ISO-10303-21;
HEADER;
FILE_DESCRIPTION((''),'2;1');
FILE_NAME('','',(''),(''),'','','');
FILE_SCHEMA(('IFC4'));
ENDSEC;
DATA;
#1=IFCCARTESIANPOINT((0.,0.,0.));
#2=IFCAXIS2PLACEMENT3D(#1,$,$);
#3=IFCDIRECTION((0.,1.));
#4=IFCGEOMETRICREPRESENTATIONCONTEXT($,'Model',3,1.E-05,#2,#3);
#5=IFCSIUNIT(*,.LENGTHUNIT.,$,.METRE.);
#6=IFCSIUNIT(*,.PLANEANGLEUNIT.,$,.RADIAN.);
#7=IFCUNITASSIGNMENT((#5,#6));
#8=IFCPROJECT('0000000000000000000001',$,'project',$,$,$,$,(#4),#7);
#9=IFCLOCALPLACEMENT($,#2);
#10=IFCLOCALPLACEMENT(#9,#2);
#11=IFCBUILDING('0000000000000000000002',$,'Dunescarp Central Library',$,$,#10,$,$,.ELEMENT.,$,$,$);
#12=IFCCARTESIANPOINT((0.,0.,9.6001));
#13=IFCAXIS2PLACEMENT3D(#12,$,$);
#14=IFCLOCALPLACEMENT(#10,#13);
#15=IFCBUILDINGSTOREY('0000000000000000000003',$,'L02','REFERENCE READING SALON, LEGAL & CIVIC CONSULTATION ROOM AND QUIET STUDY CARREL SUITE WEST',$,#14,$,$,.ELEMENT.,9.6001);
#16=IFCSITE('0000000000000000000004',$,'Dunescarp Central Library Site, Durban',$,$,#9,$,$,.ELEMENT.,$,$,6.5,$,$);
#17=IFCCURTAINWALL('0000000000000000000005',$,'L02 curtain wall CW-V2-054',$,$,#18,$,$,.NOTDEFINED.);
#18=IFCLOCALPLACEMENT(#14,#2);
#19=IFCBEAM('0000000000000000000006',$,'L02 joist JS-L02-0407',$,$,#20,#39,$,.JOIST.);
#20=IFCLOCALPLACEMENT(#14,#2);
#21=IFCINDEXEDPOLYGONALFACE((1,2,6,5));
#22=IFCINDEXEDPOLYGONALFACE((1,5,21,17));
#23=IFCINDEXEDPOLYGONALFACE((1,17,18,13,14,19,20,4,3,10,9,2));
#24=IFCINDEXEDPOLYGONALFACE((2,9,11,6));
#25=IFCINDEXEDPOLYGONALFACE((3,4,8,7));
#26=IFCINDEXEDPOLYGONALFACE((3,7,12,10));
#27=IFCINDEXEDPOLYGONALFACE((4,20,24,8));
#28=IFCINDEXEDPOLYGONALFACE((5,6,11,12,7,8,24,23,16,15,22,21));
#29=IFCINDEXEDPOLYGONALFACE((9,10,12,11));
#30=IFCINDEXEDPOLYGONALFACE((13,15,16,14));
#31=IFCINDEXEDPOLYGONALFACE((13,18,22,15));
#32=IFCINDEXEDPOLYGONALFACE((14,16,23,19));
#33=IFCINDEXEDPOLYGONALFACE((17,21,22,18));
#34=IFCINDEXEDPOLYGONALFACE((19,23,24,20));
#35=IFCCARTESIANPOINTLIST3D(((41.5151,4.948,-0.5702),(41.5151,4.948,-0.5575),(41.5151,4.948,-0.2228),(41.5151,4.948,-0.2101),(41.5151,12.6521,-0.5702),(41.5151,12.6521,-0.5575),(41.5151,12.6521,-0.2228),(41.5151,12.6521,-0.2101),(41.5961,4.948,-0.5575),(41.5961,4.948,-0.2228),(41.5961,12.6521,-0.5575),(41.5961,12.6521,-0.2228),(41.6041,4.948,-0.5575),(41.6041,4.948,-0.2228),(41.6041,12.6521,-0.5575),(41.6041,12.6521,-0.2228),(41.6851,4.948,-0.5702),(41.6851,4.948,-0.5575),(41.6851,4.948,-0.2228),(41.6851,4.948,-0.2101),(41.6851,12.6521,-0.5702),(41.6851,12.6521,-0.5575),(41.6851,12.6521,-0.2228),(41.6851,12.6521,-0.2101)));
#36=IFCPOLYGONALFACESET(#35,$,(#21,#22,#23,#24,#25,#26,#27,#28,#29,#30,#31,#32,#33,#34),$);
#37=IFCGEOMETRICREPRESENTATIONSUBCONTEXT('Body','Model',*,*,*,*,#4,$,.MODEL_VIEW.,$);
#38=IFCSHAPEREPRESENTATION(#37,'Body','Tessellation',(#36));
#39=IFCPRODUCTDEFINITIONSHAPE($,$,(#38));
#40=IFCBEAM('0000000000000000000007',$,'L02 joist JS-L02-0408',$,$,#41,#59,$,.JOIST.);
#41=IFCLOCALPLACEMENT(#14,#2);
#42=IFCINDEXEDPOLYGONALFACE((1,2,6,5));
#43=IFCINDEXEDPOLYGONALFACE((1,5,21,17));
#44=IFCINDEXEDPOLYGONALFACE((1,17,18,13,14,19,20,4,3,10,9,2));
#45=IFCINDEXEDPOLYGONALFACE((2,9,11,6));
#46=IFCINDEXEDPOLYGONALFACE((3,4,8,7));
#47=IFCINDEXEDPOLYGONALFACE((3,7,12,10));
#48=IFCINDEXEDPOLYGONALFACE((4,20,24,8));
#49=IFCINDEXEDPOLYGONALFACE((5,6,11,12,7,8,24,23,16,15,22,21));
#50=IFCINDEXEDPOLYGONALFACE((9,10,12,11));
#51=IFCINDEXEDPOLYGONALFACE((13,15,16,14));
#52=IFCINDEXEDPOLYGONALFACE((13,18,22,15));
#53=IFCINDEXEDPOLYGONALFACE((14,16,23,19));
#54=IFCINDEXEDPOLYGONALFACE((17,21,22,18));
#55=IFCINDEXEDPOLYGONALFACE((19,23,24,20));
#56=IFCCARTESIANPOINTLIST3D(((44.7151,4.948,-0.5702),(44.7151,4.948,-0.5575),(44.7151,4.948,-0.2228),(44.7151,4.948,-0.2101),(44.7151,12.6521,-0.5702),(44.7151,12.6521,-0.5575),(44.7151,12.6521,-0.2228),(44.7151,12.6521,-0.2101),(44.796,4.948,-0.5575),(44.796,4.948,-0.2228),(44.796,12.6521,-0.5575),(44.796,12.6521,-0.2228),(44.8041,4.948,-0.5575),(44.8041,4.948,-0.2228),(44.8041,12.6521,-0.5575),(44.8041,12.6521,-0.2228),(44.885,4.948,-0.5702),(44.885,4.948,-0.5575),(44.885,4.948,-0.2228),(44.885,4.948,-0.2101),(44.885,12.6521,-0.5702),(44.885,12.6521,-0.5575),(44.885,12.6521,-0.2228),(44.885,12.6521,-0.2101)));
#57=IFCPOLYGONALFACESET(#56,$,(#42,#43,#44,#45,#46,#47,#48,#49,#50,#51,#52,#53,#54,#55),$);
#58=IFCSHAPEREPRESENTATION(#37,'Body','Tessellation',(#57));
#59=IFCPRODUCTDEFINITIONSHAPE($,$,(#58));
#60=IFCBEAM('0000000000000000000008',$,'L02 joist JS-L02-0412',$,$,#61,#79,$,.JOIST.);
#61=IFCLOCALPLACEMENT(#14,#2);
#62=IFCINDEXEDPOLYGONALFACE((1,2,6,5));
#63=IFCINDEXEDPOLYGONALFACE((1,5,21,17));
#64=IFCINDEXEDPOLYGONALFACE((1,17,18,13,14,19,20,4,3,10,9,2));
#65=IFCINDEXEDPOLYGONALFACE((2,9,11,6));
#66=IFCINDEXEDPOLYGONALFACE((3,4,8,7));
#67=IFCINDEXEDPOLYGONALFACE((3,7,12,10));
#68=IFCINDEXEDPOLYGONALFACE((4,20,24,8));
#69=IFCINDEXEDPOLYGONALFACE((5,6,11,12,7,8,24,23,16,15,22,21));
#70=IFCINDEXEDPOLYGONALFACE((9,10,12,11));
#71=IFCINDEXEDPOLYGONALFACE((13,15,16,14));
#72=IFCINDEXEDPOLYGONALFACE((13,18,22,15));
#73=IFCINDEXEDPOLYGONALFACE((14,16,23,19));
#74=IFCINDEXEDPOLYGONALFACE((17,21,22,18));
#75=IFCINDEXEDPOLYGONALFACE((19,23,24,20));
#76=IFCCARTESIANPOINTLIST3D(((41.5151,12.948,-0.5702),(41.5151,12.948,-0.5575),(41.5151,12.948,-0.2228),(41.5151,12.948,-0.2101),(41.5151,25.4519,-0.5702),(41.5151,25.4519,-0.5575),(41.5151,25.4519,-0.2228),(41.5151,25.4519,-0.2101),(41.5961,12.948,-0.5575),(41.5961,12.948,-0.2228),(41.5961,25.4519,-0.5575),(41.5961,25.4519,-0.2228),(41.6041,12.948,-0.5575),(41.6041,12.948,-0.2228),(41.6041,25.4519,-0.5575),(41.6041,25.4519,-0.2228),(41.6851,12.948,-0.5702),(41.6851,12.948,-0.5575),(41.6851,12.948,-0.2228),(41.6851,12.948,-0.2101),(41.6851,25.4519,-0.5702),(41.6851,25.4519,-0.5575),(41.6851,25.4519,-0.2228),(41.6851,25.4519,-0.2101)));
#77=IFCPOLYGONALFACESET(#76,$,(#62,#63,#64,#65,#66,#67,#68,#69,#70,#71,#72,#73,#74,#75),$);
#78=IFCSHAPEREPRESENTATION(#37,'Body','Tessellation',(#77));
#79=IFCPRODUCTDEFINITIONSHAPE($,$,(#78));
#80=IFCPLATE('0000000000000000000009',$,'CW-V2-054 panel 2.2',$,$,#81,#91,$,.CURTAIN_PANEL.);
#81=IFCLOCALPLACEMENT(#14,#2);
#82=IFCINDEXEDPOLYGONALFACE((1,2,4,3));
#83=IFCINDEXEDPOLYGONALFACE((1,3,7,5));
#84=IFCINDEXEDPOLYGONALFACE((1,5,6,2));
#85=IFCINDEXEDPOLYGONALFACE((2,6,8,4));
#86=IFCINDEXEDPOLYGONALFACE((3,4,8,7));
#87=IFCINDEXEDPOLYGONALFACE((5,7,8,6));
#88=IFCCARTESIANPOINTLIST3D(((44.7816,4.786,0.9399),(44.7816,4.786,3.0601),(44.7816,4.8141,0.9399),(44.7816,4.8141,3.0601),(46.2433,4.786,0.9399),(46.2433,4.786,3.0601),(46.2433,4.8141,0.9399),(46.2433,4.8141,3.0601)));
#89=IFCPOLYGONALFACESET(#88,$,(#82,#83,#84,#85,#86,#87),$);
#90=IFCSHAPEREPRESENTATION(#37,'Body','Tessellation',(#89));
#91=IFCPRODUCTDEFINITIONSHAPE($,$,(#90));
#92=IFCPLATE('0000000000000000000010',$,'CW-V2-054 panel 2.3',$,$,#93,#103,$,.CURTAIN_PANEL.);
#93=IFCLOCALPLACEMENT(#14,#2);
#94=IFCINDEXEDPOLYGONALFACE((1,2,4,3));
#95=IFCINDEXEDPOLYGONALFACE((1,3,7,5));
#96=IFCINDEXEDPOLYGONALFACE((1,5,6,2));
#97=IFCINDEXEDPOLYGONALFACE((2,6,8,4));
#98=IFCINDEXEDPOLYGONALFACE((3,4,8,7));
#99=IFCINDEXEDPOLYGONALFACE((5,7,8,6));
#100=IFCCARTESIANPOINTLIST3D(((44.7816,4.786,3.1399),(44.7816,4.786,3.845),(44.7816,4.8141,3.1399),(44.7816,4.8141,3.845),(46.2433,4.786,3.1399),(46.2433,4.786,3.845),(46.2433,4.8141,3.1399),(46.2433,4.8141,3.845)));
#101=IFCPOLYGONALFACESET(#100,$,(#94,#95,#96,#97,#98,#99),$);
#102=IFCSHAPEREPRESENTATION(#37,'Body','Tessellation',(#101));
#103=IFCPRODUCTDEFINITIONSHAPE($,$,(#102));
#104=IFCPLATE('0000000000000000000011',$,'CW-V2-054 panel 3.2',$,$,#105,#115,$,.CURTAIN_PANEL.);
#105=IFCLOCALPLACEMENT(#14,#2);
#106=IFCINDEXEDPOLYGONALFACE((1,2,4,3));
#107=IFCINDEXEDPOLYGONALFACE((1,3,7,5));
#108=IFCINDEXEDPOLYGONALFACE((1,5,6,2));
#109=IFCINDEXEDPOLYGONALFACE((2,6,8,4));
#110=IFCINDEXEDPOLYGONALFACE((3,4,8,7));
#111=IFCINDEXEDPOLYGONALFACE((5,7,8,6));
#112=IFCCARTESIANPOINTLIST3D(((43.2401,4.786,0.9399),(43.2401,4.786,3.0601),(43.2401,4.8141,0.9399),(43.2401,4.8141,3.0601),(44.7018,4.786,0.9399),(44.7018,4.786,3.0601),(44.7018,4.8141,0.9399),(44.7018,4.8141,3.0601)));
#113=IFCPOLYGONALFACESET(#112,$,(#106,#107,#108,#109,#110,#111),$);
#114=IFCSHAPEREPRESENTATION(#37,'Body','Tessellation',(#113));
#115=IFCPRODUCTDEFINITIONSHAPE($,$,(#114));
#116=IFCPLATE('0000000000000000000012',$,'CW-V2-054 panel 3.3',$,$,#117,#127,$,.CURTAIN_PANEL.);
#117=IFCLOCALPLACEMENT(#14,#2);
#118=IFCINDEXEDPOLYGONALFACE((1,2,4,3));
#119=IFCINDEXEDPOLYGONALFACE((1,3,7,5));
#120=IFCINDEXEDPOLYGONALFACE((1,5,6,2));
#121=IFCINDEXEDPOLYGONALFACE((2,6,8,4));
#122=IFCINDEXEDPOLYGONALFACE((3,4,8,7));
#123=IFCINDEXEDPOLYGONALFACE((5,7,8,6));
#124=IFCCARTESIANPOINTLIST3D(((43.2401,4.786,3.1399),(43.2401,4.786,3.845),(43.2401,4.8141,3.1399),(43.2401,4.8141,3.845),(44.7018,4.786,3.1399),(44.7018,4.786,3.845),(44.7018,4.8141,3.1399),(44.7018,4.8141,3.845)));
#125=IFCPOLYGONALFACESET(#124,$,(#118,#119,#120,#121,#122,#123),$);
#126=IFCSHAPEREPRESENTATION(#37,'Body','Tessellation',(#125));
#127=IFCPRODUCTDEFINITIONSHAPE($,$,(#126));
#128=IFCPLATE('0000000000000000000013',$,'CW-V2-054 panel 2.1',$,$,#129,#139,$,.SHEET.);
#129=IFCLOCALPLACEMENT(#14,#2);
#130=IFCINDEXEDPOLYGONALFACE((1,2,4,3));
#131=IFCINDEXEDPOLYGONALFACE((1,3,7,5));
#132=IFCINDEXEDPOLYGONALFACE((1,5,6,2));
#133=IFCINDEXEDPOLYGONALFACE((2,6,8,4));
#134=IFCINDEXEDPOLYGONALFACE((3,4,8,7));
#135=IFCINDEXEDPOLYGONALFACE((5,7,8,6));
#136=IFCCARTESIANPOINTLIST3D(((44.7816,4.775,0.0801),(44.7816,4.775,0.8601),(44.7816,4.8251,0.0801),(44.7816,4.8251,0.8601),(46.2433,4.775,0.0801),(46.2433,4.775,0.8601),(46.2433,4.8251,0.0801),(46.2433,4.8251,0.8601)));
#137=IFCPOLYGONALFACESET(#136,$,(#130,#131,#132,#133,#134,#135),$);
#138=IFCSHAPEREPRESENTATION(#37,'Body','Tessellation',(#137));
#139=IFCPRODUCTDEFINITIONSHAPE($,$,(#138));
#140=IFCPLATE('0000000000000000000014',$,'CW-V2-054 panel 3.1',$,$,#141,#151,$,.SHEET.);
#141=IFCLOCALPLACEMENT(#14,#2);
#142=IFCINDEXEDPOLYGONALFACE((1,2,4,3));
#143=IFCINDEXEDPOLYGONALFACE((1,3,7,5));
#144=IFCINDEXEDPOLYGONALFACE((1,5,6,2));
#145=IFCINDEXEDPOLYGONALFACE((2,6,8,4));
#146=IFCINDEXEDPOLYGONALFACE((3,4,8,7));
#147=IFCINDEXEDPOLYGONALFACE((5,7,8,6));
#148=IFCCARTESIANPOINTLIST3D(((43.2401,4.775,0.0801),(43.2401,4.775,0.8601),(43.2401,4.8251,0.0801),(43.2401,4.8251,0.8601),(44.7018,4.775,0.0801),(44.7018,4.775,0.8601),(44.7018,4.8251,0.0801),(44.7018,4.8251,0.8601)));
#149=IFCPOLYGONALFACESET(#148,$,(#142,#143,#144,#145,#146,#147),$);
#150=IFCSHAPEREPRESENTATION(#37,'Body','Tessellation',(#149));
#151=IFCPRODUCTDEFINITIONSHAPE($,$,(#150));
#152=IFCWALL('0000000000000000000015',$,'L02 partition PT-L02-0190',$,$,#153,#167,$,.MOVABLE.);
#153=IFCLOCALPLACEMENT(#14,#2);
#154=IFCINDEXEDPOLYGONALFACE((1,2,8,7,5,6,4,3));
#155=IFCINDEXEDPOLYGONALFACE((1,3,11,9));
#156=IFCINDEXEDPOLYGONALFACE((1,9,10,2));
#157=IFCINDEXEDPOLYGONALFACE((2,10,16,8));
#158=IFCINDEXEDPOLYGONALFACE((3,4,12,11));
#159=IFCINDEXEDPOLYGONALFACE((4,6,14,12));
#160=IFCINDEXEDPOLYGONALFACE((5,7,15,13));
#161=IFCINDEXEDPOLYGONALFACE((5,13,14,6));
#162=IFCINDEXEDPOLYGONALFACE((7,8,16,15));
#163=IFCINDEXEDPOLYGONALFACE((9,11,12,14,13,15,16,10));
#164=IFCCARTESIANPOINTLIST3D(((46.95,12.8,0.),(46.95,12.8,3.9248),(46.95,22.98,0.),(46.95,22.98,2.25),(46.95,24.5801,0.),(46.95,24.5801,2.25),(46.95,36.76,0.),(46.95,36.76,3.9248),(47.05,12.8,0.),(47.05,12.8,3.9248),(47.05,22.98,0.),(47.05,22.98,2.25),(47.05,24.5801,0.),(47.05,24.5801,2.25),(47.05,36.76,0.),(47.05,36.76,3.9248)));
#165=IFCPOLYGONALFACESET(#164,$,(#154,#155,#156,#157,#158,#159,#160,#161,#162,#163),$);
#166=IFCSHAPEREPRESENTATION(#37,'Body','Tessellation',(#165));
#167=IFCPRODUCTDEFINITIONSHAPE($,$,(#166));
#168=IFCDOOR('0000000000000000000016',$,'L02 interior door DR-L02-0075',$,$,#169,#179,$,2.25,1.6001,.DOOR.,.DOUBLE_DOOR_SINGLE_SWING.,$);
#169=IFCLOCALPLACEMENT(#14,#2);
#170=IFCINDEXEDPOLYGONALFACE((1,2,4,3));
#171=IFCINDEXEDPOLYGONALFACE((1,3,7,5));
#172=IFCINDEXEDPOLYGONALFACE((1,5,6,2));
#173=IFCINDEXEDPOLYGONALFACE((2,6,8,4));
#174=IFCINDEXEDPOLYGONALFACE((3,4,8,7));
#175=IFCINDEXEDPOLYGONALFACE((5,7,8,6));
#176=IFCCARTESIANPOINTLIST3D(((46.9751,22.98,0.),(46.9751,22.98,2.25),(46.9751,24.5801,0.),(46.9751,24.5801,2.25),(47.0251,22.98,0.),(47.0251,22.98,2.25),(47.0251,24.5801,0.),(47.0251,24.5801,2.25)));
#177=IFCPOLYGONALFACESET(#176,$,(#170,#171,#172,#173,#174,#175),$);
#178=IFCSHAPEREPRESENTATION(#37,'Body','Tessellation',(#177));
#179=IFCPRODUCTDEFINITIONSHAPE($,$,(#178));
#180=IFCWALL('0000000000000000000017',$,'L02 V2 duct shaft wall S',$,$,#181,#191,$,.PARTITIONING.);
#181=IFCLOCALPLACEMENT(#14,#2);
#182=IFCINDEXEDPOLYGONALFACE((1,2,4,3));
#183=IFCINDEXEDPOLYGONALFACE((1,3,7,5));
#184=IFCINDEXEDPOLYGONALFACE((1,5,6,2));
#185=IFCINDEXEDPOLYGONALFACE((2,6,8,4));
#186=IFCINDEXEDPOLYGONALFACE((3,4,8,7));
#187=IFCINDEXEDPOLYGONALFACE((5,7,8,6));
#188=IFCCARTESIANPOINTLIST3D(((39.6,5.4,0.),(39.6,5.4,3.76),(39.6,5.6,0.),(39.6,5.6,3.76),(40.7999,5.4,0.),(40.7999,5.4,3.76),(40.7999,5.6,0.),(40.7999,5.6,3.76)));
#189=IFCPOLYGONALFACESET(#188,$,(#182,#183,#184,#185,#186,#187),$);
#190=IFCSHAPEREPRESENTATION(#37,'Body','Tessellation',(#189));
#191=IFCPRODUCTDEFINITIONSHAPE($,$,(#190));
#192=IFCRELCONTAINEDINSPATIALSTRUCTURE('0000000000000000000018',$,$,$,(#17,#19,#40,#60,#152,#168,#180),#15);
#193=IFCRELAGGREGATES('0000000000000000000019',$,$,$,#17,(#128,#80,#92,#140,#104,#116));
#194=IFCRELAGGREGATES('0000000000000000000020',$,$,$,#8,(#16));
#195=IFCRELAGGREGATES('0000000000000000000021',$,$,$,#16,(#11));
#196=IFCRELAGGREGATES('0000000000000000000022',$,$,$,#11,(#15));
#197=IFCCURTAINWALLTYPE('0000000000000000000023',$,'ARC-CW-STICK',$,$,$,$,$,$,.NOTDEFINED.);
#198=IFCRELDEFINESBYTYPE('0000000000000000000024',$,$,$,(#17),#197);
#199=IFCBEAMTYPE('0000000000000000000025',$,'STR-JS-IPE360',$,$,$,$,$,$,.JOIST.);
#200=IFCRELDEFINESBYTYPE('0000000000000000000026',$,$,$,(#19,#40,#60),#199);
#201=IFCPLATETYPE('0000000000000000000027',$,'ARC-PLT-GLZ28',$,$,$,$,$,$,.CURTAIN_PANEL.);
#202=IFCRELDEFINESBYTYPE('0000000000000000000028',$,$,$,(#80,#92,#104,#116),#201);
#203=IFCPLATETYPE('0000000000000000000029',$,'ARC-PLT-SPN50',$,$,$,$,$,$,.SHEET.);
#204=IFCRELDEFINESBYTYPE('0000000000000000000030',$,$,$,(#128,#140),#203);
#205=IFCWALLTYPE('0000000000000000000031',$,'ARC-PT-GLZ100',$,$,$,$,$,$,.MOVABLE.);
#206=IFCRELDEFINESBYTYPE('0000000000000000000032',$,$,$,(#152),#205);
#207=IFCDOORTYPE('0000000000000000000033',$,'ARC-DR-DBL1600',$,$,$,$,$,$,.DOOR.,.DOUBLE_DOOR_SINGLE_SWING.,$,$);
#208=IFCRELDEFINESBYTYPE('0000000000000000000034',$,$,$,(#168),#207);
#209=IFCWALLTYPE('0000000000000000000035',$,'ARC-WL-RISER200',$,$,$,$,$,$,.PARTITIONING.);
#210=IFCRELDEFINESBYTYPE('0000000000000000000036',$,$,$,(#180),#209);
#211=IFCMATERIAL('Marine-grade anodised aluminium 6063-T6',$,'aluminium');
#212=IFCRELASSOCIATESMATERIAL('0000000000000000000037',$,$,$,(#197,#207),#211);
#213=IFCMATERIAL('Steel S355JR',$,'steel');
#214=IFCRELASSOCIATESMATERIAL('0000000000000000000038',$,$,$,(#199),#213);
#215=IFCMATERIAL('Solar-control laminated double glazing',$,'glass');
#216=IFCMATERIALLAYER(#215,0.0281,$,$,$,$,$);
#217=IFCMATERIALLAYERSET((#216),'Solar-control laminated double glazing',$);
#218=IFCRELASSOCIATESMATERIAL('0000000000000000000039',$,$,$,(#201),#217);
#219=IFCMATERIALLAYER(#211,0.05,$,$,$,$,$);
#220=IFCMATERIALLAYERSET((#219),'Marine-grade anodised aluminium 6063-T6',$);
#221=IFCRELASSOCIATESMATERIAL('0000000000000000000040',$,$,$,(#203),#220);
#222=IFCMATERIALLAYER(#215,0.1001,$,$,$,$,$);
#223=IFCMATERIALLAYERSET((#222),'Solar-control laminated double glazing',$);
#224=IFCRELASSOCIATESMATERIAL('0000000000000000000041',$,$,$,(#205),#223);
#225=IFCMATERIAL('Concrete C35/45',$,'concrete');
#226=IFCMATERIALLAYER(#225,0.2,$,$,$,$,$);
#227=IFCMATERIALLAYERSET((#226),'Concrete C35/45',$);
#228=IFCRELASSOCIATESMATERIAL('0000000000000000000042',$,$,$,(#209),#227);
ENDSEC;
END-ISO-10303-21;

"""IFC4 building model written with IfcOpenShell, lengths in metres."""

from ifc_helpers import new_model, si_unit, direction, frame, frame_2d, origin, origin_2d, place, context, subcontext, project, spatial, rectangle, i_section, extrude, material, layer, layer_set, material_profile, profile_set, type_object, element, fill, aggregate, save


model = new_model("IFC4")

# Units and contexts
model_context = context("Model", 3, precision=1e-05, world=origin(), true_north=direction((0.0, 1.0)))
body_context = subcontext(model_context, "Body", "Model", "MODEL_VIEW")
ifc_project = project(units=[si_unit("LENGTHUNIT", "METRE"), si_unit("PLANEANGLEUNIT", "RADIAN")], contexts=[model_context])

# Site, building, storey
site_placement = place(None, origin())
site = spatial("IfcSite", under=ifc_project, at=site_placement, Name="Dunescarp Central Library Site, Durban", CompositionType="ELEMENT", RefElevation=6.5)
building_placement = place(site_placement, origin())
building = spatial("IfcBuilding", under=site, at=building_placement, Name="Dunescarp Central Library", CompositionType="ELEMENT")
storey_placement = place(building_placement, frame((0.0, 0.0, 9.6001)))
storey = spatial("IfcBuildingStorey", under=building, at=storey_placement, Name="L02", Description="REFERENCE READING SALON, LEGAL & CIVIC CONSULTATION ROOM AND QUIET STUDY CARREL SUITE WEST", CompositionType="ELEMENT", Elevation=9.6001)

# Curtain wall
ifc_material_1 = material(Name="Marine-grade anodised aluminium 6063-T6", Category="aluminium")
curtain_wall_type = type_object("IfcCurtainWallType", Name="ARC-CW-STICK", PredefinedType="NOTDEFINED", material=ifc_material_1)
curtain_wall_placement = place(storey_placement, origin())
curtain_wall = element("IfcCurtainWall", 1, at=curtain_wall_placement, inside=storey, type_object=curtain_wall_type, Name="L02 curtain wall CW-V2-054", PredefinedType="NOTDEFINED")

# Beams
ifc_material_2 = material(Name="Steel S355JR", Category="steel")
ifc_material_profile_1 = material_profile(ifc_material_2, i_section(OverallWidth=0.1699, OverallDepth=0.3601, WebThickness=0.0081, FlangeThickness=0.0127, at=origin_2d()), Name="IPE 360")
ifc_profile_set_1 = profile_set([ifc_material_profile_1], Name="Steel S355JR")
beam_type = type_object("IfcBeamType", Name="STR-JS-IPE360", PredefinedType="JOIST", material=ifc_profile_set_1)
for number, where, z_axis, x_axis, name in (
    (2, (41.6001, 4.948, -0.3901), (0.0, 1.0, 0.0), (-1.0, 0.0, 0.0), "L02 joist JS-L02-0407"),
    (3, (44.8, 4.948, -0.3901), (0.0, 1.0, 0.0), (-1.0, 0.0, 0.0), "L02 joist JS-L02-0408"),
):
    element("IfcBeam", number, at=place(storey_placement, frame(where, z_axis=z_axis, x_axis=x_axis)), inside=storey, type_object=beam_type, Name=name, PredefinedType="JOIST", context=body_context, shape_type="SweptSolid", body=[
        extrude(i_section(OverallWidth=0.1699, OverallDepth=0.3601, WebThickness=0.0081, FlangeThickness=0.0127, at=origin_2d()), origin(), (0.0, 0.0, 1.0), 7.7041),
    ])
beam_placement = place(storey_placement, frame((41.6001, 12.948, -0.3901), z_axis=(0.0, 1.0, 0.0), x_axis=(-1.0, 0.0, 0.0)))
element("IfcBeam", 4, at=beam_placement, inside=storey, type_object=beam_type, Name="L02 joist JS-L02-0412", PredefinedType="JOIST", context=body_context, shape_type="SweptSolid", body=[
    extrude(i_section(OverallWidth=0.1699, OverallDepth=0.3601, WebThickness=0.0081, FlangeThickness=0.0127, at=origin_2d()), origin(), (0.0, 0.0, 1.0), 12.5039),
])

# Plates
ifc_material_3 = material(Name="Solar-control laminated double glazing", Category="glass")
ifc_layer_1 = layer(ifc_material_3, 0.0281)
ifc_layer_set_1 = layer_set([ifc_layer_1], Name="Solar-control laminated double glazing")
plate_type_1 = type_object("IfcPlateType", Name="ARC-PLT-GLZ28", PredefinedType="CURTAIN_PANEL", material=ifc_layer_set_1)
plate_1_placement = place(storey_placement, frame((45.5125, 4.8, 0.9399), z_axis=(0.0, 0.0, 1.0), x_axis=(-1.0, 0.0, 0.0)))
plate_1 = element("IfcPlate", 5, at=plate_1_placement, type_object=plate_type_1, Name="CW-V2-054 panel 2.2", PredefinedType="CURTAIN_PANEL", context=body_context, shape_type="SweptSolid", body=[
    extrude(rectangle(XDim=1.4617, YDim=0.0281, at=origin_2d()), origin(), (0.0, 0.0, 1.0), 2.1201),
])
plate_2_placement = place(storey_placement, frame((45.5125, 4.8, 3.1399), z_axis=(0.0, 0.0, 1.0), x_axis=(-1.0, 0.0, 0.0)))
plate_2 = element("IfcPlate", 6, at=plate_2_placement, type_object=plate_type_1, Name="CW-V2-054 panel 2.3", PredefinedType="CURTAIN_PANEL", context=body_context, shape_type="SweptSolid", body=[
    extrude(rectangle(XDim=1.4617, YDim=0.0281, at=origin_2d()), origin(), (0.0, 0.0, 1.0), 0.7051),
])
plate_3_placement = place(storey_placement, frame((43.9709, 4.8, 0.9399), z_axis=(0.0, 0.0, 1.0), x_axis=(-1.0, 0.0, 0.0)))
plate_3 = element("IfcPlate", 7, at=plate_3_placement, type_object=plate_type_1, Name="CW-V2-054 panel 3.2", PredefinedType="CURTAIN_PANEL", context=body_context, shape_type="SweptSolid", body=[
    extrude(rectangle(XDim=1.4617, YDim=0.0281, at=origin_2d()), origin(), (0.0, 0.0, 1.0), 2.1201),
])
plate_4_placement = place(storey_placement, frame((43.9709, 4.8, 3.1399), z_axis=(0.0, 0.0, 1.0), x_axis=(-1.0, 0.0, 0.0)))
plate_4 = element("IfcPlate", 8, at=plate_4_placement, type_object=plate_type_1, Name="CW-V2-054 panel 3.3", PredefinedType="CURTAIN_PANEL", context=body_context, shape_type="SweptSolid", body=[
    extrude(rectangle(XDim=1.4617, YDim=0.0281, at=origin_2d()), origin(), (0.0, 0.0, 1.0), 0.7051),
])
ifc_layer_2 = layer(ifc_material_1, 0.05)
ifc_layer_set_2 = layer_set([ifc_layer_2], Name="Marine-grade anodised aluminium 6063-T6")
plate_type_2 = type_object("IfcPlateType", Name="ARC-PLT-SPN50", PredefinedType="SHEET", material=ifc_layer_set_2)
plate_5_placement = place(storey_placement, frame((45.5125, 4.8, 0.0801), z_axis=(0.0, 0.0, 1.0), x_axis=(-1.0, 0.0, 0.0)))
plate_5 = element("IfcPlate", 9, at=plate_5_placement, type_object=plate_type_2, Name="CW-V2-054 panel 2.1", PredefinedType="SHEET", context=body_context, shape_type="SweptSolid", body=[
    extrude(rectangle(XDim=1.4617, YDim=0.05, at=origin_2d()), origin(), (0.0, 0.0, 1.0), 0.78),
])
plate_6_placement = place(storey_placement, frame((43.9709, 4.8, 0.0801), z_axis=(0.0, 0.0, 1.0), x_axis=(-1.0, 0.0, 0.0)))
plate_6 = element("IfcPlate", 10, at=plate_6_placement, type_object=plate_type_2, Name="CW-V2-054 panel 3.1", PredefinedType="SHEET", context=body_context, shape_type="SweptSolid", body=[
    extrude(rectangle(XDim=1.4617, YDim=0.05, at=origin_2d()), origin(), (0.0, 0.0, 1.0), 0.78),
])
aggregate(curtain_wall, [plate_5, plate_1, plate_2, plate_6, plate_3, plate_4])

# Wall, opening, door
ifc_layer_3 = layer(ifc_material_3, 0.1001)
ifc_layer_set_3 = layer_set([ifc_layer_3], Name="Solar-control laminated double glazing")
wall_type_1 = type_object("IfcWallType", Name="ARC-PT-GLZ100", PredefinedType="MOVABLE", material=ifc_layer_set_3)
wall_1_placement = place(storey_placement, frame((47.0, 12.8, 0.0), z_axis=(0.0, 0.0, 1.0), x_axis=(0.0, 1.0, 0.0)))
wall_1 = element("IfcWall", 11, at=wall_1_placement, inside=storey, type_object=wall_type_1, Name="L02 partition PT-L02-0190", PredefinedType="MOVABLE", context=body_context, shape_type="SweptSolid", body=[
    extrude(rectangle(XDim=23.96, YDim=0.1001, at=frame_2d((11.98, 0.0))), origin(), (0.0, 0.0, 1.0), 3.9248),
])
opening_placement = place(wall_1_placement, frame((10.1799, 0.0, 0.0)))
opening = element("IfcOpeningElement", 12, at=opening_placement, cuts=wall_1, PredefinedType="OPENING", context=body_context, shape_type="SweptSolid", body=[
    extrude(rectangle(XDim=1.6001, YDim=2.25, at=frame_2d((0.8, 1.125))), frame((0.0, 0.0601, 0.0), z_axis=(0.0, -1.0, 0.0), x_axis=(1.0, 0.0, 0.0)), (0.0, 0.0, 1.0), 0.1201),
])
door_type = type_object("IfcDoorType", Name="ARC-DR-DBL1600", OperationType="DOUBLE_DOOR_SINGLE_SWING", PredefinedType="DOOR", material=ifc_material_1)
door_placement = place(opening_placement, origin())
door = element("IfcDoor", 13, at=door_placement, inside=storey, type_object=door_type, Name="L02 interior door DR-L02-0075", OperationType="DOUBLE_DOOR_SINGLE_SWING", OverallHeight=2.25, OverallWidth=1.6001, PredefinedType="DOOR", context=body_context, shape_type="SweptSolid", body=[
    extrude(rectangle(XDim=1.6001, YDim=2.25, at=frame_2d((0.8, 1.125))), frame((0.0, 0.0249, 0.0), z_axis=(0.0, -1.0, 0.0), x_axis=(1.0, 0.0, 0.0)), (0.0, 0.0, 1.0), 0.05),
])
fill(opening, door)

# Wall
ifc_material_4 = material(Name="Concrete C35/45", Category="concrete")
ifc_layer_4 = layer(ifc_material_4, 0.2)
ifc_layer_set_4 = layer_set([ifc_layer_4], Name="Concrete C35/45")
wall_type_2 = type_object("IfcWallType", Name="ARC-WL-RISER200", PredefinedType="PARTITIONING", material=ifc_layer_set_4)
wall_2_placement = place(storey_placement, frame((40.8, 5.5, 0.0), z_axis=(0.0, 0.0, 1.0), x_axis=(-1.0, 0.0, 0.0)))
element("IfcWall", 14, at=wall_2_placement, inside=storey, type_object=wall_type_2, Name="L02 V2 duct shaft wall S", PredefinedType="PARTITIONING", context=body_context, shape_type="SweptSolid", body=[
    extrude(rectangle(XDim=1.2, YDim=0.2, at=frame_2d((0.6001, 0.0))), origin(), (0.0, 0.0, 1.0), 3.76),
])

save(model, "model.ifc")
